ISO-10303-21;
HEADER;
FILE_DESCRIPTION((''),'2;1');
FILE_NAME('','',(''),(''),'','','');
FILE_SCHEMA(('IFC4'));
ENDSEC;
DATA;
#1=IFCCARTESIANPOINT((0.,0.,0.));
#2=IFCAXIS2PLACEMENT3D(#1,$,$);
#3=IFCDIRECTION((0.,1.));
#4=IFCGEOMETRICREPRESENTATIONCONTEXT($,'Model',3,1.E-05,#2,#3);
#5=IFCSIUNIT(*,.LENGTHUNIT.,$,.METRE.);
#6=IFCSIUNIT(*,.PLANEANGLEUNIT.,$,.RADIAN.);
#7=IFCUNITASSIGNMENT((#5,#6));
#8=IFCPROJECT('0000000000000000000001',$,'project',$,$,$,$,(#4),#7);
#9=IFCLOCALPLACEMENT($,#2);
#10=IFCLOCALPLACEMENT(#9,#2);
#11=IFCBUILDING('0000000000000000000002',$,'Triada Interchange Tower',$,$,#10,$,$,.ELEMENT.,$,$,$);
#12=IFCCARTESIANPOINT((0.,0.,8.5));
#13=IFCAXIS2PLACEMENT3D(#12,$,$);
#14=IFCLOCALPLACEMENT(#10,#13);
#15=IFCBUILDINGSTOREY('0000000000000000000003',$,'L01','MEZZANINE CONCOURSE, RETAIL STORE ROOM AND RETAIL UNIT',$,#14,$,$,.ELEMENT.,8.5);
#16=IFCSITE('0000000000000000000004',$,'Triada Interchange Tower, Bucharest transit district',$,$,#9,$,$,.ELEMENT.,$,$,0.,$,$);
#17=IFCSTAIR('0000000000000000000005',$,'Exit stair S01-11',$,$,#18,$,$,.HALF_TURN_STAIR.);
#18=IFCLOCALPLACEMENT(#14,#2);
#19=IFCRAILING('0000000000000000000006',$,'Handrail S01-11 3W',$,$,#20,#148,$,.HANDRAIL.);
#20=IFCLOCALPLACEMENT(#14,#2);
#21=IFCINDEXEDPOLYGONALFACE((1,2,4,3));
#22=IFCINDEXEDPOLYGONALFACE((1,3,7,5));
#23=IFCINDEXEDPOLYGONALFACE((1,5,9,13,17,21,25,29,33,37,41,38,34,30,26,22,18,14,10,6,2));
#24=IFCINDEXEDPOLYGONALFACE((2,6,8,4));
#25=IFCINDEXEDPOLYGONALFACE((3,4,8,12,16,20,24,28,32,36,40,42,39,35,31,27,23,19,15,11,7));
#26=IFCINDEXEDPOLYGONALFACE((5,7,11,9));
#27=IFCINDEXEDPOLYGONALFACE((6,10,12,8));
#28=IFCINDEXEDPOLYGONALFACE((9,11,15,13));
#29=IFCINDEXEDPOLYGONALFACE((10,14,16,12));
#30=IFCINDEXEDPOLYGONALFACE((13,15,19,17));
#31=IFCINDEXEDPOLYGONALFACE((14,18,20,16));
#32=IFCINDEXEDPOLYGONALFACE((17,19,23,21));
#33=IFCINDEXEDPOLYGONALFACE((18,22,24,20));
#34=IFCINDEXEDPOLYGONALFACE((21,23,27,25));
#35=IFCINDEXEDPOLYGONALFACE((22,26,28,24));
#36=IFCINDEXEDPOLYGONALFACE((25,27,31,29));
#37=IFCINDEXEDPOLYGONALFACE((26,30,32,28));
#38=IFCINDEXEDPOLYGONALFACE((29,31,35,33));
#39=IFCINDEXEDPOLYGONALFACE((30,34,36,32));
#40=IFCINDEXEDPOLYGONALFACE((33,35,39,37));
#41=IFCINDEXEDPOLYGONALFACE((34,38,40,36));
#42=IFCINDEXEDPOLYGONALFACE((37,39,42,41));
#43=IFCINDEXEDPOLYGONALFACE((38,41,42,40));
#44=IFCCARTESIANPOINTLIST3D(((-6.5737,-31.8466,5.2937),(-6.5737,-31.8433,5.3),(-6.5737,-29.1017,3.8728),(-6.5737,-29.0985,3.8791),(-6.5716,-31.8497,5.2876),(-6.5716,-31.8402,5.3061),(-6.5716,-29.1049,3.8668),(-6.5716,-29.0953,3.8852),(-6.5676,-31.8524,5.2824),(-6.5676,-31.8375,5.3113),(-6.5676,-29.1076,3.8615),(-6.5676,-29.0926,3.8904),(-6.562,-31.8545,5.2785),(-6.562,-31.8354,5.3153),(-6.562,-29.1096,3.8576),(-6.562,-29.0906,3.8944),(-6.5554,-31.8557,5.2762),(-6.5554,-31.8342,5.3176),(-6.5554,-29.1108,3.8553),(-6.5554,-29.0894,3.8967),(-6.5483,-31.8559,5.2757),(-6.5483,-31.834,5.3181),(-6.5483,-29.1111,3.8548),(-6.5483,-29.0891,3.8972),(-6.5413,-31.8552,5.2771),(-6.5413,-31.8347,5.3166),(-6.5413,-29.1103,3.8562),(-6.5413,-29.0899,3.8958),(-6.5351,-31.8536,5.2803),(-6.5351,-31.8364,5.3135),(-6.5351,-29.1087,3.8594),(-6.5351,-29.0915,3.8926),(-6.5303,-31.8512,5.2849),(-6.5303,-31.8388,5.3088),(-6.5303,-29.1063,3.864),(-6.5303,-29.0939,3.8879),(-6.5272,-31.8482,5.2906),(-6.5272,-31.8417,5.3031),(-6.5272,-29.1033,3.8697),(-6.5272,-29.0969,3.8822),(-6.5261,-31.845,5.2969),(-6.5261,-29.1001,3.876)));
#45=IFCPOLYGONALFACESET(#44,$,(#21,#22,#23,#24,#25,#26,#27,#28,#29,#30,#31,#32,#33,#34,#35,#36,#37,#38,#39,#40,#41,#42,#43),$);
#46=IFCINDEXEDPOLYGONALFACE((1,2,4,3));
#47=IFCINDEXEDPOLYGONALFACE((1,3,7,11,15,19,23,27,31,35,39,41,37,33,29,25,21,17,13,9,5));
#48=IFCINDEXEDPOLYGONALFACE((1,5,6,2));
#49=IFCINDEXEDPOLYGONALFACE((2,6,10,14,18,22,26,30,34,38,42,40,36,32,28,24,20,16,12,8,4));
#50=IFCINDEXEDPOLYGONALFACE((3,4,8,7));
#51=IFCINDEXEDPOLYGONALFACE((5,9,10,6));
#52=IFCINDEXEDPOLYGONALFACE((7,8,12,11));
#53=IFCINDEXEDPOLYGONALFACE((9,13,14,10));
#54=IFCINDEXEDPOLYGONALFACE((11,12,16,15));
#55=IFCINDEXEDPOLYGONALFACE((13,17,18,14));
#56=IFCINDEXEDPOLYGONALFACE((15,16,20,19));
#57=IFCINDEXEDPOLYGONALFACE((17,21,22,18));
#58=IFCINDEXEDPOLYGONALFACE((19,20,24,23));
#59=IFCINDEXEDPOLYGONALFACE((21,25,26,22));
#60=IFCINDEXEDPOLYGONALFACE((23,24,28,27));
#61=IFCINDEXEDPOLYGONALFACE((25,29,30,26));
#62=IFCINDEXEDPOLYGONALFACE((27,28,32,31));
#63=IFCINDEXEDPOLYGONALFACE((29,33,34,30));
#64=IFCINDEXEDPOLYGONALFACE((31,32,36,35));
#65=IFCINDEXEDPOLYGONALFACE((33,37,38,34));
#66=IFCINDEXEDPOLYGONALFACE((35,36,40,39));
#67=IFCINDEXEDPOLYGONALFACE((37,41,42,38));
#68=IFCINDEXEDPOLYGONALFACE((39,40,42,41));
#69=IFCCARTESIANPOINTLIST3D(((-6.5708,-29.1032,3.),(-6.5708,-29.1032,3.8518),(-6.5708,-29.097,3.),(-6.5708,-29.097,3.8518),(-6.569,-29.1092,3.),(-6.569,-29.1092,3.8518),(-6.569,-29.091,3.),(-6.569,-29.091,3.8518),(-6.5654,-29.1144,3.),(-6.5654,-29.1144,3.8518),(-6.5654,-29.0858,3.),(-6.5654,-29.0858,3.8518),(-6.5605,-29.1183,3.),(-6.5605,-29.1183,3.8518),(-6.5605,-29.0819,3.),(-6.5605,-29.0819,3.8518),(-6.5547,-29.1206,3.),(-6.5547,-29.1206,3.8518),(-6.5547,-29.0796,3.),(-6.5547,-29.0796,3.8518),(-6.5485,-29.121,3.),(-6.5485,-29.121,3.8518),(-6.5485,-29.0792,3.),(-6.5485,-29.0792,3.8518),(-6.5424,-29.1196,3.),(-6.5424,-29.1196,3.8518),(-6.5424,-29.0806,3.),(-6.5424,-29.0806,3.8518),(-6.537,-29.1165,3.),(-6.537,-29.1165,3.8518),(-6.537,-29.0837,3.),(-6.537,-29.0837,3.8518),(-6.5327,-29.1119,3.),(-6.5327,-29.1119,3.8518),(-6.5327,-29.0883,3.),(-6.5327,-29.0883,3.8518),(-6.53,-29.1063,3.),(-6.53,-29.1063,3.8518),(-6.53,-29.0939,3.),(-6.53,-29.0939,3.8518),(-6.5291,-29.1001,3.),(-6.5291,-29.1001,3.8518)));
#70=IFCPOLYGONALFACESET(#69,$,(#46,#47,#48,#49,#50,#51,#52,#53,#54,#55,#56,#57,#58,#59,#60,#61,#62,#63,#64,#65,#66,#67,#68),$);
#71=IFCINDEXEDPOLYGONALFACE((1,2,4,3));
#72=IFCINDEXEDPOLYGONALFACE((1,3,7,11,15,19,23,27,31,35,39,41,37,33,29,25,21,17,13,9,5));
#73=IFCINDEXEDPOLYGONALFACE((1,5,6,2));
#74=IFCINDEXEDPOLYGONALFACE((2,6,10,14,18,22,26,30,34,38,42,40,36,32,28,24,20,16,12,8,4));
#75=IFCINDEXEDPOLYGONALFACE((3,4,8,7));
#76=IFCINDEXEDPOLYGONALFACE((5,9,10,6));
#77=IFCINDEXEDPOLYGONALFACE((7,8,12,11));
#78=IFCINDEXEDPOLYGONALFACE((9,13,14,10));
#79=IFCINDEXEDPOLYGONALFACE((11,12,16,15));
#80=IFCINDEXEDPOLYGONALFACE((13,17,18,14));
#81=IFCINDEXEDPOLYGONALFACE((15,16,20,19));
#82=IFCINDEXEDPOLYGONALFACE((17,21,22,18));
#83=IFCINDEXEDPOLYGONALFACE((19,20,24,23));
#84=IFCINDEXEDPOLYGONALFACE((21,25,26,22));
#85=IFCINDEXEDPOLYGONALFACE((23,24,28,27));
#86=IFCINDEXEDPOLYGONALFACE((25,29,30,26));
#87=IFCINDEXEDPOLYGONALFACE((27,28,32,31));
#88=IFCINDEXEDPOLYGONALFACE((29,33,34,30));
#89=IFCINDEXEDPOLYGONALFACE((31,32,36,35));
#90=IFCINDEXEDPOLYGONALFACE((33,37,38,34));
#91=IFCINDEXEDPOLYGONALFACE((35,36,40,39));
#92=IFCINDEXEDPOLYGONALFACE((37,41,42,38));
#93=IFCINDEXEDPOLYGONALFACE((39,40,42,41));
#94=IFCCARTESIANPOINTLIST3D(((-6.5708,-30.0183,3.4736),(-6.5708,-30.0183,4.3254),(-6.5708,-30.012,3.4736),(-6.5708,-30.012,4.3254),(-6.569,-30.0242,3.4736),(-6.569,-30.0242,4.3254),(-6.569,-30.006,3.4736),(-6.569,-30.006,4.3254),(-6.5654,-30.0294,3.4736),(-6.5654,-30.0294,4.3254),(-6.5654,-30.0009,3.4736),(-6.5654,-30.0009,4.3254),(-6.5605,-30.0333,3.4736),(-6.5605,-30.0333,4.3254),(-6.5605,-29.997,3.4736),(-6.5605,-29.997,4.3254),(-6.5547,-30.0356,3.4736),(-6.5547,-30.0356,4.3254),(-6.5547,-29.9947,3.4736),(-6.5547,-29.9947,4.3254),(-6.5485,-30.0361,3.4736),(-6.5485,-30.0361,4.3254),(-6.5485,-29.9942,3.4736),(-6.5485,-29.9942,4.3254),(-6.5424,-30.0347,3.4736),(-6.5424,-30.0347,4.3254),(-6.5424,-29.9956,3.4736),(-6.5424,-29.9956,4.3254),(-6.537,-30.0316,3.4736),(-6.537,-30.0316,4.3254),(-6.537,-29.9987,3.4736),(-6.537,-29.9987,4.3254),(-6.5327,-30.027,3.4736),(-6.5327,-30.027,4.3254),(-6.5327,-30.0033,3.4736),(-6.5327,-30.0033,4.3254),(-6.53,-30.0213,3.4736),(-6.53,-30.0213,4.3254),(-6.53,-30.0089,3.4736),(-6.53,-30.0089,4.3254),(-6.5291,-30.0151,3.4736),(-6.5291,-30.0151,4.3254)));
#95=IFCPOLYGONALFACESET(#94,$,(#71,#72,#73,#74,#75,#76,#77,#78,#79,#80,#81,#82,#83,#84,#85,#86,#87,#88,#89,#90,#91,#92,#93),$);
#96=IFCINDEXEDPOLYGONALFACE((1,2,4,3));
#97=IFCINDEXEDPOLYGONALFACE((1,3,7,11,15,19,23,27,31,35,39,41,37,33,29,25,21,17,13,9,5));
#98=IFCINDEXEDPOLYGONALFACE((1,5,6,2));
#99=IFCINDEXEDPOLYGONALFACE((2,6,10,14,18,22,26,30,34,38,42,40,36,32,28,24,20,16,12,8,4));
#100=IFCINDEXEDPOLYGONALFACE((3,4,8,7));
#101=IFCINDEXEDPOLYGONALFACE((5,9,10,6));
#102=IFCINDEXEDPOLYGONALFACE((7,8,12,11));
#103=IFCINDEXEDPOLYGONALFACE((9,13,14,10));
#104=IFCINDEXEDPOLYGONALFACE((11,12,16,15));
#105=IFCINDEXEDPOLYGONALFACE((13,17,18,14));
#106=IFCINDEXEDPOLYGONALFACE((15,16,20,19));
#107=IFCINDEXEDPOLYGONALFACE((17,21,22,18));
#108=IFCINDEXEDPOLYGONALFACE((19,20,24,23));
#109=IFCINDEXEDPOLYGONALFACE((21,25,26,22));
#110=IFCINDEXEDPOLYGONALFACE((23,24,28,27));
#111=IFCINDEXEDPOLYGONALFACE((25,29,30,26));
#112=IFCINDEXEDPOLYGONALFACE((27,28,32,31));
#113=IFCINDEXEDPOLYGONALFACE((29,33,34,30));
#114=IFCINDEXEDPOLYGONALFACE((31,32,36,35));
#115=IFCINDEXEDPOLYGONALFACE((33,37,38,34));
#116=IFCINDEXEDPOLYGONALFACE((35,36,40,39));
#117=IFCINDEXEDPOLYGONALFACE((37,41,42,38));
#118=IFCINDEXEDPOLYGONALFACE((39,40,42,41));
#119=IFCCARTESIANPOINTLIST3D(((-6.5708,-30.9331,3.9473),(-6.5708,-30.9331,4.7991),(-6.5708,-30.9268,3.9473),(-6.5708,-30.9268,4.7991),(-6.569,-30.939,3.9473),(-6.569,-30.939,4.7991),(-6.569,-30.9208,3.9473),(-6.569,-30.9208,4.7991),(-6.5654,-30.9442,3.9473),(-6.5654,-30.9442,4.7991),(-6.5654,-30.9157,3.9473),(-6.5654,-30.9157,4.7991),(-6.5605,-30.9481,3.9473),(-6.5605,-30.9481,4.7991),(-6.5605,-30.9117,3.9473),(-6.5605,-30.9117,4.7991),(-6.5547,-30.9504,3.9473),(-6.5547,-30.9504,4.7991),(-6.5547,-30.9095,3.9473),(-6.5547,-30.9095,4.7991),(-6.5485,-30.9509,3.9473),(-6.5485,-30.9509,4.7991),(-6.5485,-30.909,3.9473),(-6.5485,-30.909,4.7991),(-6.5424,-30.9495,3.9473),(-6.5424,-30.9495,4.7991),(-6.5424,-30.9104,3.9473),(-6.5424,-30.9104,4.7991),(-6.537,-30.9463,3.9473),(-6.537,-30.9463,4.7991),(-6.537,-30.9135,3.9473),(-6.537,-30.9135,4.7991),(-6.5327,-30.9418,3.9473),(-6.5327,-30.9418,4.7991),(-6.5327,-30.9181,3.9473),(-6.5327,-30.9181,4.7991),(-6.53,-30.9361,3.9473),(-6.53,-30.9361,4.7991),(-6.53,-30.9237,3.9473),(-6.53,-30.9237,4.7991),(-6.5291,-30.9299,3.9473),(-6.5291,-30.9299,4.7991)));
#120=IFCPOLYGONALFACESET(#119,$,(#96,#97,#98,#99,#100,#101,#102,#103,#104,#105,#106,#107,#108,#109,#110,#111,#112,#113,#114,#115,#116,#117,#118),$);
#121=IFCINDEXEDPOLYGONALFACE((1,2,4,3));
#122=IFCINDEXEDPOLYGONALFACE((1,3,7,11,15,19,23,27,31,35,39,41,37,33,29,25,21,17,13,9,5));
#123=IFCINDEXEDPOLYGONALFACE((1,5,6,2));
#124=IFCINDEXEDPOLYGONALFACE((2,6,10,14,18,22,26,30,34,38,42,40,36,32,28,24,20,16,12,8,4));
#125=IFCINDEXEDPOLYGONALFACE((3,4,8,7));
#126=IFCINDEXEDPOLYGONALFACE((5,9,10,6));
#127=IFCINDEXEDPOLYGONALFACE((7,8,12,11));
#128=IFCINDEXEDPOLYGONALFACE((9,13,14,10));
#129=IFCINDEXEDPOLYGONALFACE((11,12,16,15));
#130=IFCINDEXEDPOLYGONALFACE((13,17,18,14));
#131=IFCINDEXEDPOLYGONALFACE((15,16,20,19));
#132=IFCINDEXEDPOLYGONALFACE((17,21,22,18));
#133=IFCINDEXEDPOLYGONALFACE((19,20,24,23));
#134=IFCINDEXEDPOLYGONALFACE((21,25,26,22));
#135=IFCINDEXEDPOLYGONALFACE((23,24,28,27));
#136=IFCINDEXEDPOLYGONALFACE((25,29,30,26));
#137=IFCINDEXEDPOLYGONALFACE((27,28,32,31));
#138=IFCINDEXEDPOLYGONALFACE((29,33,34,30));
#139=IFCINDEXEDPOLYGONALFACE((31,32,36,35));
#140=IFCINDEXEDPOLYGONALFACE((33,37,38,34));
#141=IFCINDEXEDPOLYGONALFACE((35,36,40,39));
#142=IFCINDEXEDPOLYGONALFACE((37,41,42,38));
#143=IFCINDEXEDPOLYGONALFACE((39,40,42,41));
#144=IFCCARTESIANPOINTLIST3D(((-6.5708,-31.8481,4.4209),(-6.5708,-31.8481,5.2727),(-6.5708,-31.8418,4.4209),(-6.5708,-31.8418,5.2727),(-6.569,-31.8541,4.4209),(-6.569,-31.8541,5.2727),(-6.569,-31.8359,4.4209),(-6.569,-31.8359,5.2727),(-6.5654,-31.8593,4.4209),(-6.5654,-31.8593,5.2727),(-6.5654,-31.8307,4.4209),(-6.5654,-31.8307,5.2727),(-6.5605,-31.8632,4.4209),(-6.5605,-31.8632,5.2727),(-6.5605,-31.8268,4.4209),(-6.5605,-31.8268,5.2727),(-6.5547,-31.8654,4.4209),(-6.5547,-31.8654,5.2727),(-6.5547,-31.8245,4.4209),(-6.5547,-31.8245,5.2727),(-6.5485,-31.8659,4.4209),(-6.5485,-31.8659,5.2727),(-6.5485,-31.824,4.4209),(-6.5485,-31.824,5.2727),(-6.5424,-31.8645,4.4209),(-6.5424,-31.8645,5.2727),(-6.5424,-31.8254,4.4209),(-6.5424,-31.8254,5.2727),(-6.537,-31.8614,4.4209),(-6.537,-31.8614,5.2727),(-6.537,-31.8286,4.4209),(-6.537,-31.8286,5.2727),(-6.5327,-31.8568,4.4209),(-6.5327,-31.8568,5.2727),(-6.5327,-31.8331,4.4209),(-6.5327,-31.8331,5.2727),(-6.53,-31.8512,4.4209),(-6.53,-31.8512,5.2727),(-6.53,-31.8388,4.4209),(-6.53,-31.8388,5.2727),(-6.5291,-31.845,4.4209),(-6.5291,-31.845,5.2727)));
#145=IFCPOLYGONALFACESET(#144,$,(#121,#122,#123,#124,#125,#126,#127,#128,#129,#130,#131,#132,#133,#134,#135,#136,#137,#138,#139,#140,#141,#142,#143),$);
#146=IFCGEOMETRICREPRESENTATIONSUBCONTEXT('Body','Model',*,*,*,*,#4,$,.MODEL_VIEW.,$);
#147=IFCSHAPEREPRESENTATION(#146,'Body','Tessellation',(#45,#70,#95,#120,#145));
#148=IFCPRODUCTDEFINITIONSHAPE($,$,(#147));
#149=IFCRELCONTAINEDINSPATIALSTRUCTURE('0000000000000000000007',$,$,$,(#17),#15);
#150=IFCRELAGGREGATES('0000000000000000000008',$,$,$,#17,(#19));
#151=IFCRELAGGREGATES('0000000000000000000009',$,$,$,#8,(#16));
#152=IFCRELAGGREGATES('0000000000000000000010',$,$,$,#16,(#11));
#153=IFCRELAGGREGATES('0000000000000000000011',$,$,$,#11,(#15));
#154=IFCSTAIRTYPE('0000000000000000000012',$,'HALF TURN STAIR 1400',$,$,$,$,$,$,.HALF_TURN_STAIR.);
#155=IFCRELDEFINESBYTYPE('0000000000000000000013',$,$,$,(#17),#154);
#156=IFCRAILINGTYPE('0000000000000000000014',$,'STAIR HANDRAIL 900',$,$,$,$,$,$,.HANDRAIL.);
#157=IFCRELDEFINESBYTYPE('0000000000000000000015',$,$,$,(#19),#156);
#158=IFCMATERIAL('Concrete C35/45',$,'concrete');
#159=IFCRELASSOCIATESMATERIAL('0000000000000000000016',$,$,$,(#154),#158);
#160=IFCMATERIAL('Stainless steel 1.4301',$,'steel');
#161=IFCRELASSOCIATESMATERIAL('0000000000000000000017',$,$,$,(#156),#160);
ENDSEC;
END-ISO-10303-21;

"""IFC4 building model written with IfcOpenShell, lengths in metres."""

from ifc_helpers import new_model, si_unit, direction, frame, origin, origin_2d, place, context, subcontext, project, spatial, circle, extrude, material, type_object, element, aggregate, save


model = new_model("IFC4")

# Units and contexts
model_context = context("Model", 3, precision=1e-05, world=origin(), true_north=direction((0.0, 1.0)))
body_context = subcontext(model_context, "Body", "Model", "MODEL_VIEW")
ifc_project = project(units=[si_unit("LENGTHUNIT", "METRE"), si_unit("PLANEANGLEUNIT", "RADIAN")], contexts=[model_context])

# Site, building, storey
site_placement = place(None, origin())
site = spatial("IfcSite", under=ifc_project, at=site_placement, Name="Triada Interchange Tower, Bucharest transit district", CompositionType="ELEMENT", RefElevation=0.0)
building_placement = place(site_placement, origin())
building = spatial("IfcBuilding", under=site, at=building_placement, Name="Triada Interchange Tower", CompositionType="ELEMENT")
storey_placement = place(building_placement, frame((0.0, 0.0, 8.5)))
storey = spatial("IfcBuildingStorey", under=building, at=storey_placement, Name="L01", Description="MEZZANINE CONCOURSE, RETAIL STORE ROOM AND RETAIL UNIT", CompositionType="ELEMENT", Elevation=8.5)

# Shared definitions
ifc_material_1 = material(Name="Concrete C35/45", Category="concrete")

# Stair, railing
stair_type = type_object("IfcStairType", Name="HALF TURN STAIR 1400", PredefinedType="HALF_TURN_STAIR", material=ifc_material_1)
stair_placement = place(storey_placement, origin())
stair = element("IfcStair", 1, at=stair_placement, inside=storey, type_object=stair_type, Name="Exit stair S01-11", PredefinedType="HALF_TURN_STAIR")
ifc_material_2 = material(Name="Stainless steel 1.4301", Category="steel")
railing_type_1 = type_object("IfcRailingType", Name="STAIR HANDRAIL 900", PredefinedType="HANDRAIL", material=ifc_material_2)
railing_1_placement = place(storey_placement, frame((-6.55, -29.1001, 3.0)))
railing_1 = element("IfcRailing", 2, at=railing_1_placement, type_object=railing_type_1, Name="Handrail S01-11 3W", PredefinedType="HANDRAIL", context=body_context, shape_type="SweptSolid", body=[
    extrude(circle(Radius=0.0239, at=origin_2d()), frame((0.0, 0.0, 0.876), z_axis=(0.0, -0.888068, 0.459713), x_axis=(1.0, 0.0, 0.0)), (0.0, 0.0, 1.0), 3.0908),
    extrude(circle(Radius=0.021, at=origin_2d()), origin(), (0.0, 0.0, 1.0), 0.8518),
    extrude(circle(Radius=0.021, at=origin_2d()), frame((0.0, -0.915, 0.4736)), (0.0, 0.0, 1.0), 0.8518),
    extrude(circle(Radius=0.021, at=origin_2d()), frame((0.0, -1.8298, 0.9473)), (0.0, 0.0, 1.0), 0.8518),
    extrude(circle(Radius=0.021, at=origin_2d()), frame((0.0, -2.7449, 1.4209)), (0.0, 0.0, 1.0), 0.8518),
])
aggregate(stair, [railing_1])

save(model, "model.ifc")
